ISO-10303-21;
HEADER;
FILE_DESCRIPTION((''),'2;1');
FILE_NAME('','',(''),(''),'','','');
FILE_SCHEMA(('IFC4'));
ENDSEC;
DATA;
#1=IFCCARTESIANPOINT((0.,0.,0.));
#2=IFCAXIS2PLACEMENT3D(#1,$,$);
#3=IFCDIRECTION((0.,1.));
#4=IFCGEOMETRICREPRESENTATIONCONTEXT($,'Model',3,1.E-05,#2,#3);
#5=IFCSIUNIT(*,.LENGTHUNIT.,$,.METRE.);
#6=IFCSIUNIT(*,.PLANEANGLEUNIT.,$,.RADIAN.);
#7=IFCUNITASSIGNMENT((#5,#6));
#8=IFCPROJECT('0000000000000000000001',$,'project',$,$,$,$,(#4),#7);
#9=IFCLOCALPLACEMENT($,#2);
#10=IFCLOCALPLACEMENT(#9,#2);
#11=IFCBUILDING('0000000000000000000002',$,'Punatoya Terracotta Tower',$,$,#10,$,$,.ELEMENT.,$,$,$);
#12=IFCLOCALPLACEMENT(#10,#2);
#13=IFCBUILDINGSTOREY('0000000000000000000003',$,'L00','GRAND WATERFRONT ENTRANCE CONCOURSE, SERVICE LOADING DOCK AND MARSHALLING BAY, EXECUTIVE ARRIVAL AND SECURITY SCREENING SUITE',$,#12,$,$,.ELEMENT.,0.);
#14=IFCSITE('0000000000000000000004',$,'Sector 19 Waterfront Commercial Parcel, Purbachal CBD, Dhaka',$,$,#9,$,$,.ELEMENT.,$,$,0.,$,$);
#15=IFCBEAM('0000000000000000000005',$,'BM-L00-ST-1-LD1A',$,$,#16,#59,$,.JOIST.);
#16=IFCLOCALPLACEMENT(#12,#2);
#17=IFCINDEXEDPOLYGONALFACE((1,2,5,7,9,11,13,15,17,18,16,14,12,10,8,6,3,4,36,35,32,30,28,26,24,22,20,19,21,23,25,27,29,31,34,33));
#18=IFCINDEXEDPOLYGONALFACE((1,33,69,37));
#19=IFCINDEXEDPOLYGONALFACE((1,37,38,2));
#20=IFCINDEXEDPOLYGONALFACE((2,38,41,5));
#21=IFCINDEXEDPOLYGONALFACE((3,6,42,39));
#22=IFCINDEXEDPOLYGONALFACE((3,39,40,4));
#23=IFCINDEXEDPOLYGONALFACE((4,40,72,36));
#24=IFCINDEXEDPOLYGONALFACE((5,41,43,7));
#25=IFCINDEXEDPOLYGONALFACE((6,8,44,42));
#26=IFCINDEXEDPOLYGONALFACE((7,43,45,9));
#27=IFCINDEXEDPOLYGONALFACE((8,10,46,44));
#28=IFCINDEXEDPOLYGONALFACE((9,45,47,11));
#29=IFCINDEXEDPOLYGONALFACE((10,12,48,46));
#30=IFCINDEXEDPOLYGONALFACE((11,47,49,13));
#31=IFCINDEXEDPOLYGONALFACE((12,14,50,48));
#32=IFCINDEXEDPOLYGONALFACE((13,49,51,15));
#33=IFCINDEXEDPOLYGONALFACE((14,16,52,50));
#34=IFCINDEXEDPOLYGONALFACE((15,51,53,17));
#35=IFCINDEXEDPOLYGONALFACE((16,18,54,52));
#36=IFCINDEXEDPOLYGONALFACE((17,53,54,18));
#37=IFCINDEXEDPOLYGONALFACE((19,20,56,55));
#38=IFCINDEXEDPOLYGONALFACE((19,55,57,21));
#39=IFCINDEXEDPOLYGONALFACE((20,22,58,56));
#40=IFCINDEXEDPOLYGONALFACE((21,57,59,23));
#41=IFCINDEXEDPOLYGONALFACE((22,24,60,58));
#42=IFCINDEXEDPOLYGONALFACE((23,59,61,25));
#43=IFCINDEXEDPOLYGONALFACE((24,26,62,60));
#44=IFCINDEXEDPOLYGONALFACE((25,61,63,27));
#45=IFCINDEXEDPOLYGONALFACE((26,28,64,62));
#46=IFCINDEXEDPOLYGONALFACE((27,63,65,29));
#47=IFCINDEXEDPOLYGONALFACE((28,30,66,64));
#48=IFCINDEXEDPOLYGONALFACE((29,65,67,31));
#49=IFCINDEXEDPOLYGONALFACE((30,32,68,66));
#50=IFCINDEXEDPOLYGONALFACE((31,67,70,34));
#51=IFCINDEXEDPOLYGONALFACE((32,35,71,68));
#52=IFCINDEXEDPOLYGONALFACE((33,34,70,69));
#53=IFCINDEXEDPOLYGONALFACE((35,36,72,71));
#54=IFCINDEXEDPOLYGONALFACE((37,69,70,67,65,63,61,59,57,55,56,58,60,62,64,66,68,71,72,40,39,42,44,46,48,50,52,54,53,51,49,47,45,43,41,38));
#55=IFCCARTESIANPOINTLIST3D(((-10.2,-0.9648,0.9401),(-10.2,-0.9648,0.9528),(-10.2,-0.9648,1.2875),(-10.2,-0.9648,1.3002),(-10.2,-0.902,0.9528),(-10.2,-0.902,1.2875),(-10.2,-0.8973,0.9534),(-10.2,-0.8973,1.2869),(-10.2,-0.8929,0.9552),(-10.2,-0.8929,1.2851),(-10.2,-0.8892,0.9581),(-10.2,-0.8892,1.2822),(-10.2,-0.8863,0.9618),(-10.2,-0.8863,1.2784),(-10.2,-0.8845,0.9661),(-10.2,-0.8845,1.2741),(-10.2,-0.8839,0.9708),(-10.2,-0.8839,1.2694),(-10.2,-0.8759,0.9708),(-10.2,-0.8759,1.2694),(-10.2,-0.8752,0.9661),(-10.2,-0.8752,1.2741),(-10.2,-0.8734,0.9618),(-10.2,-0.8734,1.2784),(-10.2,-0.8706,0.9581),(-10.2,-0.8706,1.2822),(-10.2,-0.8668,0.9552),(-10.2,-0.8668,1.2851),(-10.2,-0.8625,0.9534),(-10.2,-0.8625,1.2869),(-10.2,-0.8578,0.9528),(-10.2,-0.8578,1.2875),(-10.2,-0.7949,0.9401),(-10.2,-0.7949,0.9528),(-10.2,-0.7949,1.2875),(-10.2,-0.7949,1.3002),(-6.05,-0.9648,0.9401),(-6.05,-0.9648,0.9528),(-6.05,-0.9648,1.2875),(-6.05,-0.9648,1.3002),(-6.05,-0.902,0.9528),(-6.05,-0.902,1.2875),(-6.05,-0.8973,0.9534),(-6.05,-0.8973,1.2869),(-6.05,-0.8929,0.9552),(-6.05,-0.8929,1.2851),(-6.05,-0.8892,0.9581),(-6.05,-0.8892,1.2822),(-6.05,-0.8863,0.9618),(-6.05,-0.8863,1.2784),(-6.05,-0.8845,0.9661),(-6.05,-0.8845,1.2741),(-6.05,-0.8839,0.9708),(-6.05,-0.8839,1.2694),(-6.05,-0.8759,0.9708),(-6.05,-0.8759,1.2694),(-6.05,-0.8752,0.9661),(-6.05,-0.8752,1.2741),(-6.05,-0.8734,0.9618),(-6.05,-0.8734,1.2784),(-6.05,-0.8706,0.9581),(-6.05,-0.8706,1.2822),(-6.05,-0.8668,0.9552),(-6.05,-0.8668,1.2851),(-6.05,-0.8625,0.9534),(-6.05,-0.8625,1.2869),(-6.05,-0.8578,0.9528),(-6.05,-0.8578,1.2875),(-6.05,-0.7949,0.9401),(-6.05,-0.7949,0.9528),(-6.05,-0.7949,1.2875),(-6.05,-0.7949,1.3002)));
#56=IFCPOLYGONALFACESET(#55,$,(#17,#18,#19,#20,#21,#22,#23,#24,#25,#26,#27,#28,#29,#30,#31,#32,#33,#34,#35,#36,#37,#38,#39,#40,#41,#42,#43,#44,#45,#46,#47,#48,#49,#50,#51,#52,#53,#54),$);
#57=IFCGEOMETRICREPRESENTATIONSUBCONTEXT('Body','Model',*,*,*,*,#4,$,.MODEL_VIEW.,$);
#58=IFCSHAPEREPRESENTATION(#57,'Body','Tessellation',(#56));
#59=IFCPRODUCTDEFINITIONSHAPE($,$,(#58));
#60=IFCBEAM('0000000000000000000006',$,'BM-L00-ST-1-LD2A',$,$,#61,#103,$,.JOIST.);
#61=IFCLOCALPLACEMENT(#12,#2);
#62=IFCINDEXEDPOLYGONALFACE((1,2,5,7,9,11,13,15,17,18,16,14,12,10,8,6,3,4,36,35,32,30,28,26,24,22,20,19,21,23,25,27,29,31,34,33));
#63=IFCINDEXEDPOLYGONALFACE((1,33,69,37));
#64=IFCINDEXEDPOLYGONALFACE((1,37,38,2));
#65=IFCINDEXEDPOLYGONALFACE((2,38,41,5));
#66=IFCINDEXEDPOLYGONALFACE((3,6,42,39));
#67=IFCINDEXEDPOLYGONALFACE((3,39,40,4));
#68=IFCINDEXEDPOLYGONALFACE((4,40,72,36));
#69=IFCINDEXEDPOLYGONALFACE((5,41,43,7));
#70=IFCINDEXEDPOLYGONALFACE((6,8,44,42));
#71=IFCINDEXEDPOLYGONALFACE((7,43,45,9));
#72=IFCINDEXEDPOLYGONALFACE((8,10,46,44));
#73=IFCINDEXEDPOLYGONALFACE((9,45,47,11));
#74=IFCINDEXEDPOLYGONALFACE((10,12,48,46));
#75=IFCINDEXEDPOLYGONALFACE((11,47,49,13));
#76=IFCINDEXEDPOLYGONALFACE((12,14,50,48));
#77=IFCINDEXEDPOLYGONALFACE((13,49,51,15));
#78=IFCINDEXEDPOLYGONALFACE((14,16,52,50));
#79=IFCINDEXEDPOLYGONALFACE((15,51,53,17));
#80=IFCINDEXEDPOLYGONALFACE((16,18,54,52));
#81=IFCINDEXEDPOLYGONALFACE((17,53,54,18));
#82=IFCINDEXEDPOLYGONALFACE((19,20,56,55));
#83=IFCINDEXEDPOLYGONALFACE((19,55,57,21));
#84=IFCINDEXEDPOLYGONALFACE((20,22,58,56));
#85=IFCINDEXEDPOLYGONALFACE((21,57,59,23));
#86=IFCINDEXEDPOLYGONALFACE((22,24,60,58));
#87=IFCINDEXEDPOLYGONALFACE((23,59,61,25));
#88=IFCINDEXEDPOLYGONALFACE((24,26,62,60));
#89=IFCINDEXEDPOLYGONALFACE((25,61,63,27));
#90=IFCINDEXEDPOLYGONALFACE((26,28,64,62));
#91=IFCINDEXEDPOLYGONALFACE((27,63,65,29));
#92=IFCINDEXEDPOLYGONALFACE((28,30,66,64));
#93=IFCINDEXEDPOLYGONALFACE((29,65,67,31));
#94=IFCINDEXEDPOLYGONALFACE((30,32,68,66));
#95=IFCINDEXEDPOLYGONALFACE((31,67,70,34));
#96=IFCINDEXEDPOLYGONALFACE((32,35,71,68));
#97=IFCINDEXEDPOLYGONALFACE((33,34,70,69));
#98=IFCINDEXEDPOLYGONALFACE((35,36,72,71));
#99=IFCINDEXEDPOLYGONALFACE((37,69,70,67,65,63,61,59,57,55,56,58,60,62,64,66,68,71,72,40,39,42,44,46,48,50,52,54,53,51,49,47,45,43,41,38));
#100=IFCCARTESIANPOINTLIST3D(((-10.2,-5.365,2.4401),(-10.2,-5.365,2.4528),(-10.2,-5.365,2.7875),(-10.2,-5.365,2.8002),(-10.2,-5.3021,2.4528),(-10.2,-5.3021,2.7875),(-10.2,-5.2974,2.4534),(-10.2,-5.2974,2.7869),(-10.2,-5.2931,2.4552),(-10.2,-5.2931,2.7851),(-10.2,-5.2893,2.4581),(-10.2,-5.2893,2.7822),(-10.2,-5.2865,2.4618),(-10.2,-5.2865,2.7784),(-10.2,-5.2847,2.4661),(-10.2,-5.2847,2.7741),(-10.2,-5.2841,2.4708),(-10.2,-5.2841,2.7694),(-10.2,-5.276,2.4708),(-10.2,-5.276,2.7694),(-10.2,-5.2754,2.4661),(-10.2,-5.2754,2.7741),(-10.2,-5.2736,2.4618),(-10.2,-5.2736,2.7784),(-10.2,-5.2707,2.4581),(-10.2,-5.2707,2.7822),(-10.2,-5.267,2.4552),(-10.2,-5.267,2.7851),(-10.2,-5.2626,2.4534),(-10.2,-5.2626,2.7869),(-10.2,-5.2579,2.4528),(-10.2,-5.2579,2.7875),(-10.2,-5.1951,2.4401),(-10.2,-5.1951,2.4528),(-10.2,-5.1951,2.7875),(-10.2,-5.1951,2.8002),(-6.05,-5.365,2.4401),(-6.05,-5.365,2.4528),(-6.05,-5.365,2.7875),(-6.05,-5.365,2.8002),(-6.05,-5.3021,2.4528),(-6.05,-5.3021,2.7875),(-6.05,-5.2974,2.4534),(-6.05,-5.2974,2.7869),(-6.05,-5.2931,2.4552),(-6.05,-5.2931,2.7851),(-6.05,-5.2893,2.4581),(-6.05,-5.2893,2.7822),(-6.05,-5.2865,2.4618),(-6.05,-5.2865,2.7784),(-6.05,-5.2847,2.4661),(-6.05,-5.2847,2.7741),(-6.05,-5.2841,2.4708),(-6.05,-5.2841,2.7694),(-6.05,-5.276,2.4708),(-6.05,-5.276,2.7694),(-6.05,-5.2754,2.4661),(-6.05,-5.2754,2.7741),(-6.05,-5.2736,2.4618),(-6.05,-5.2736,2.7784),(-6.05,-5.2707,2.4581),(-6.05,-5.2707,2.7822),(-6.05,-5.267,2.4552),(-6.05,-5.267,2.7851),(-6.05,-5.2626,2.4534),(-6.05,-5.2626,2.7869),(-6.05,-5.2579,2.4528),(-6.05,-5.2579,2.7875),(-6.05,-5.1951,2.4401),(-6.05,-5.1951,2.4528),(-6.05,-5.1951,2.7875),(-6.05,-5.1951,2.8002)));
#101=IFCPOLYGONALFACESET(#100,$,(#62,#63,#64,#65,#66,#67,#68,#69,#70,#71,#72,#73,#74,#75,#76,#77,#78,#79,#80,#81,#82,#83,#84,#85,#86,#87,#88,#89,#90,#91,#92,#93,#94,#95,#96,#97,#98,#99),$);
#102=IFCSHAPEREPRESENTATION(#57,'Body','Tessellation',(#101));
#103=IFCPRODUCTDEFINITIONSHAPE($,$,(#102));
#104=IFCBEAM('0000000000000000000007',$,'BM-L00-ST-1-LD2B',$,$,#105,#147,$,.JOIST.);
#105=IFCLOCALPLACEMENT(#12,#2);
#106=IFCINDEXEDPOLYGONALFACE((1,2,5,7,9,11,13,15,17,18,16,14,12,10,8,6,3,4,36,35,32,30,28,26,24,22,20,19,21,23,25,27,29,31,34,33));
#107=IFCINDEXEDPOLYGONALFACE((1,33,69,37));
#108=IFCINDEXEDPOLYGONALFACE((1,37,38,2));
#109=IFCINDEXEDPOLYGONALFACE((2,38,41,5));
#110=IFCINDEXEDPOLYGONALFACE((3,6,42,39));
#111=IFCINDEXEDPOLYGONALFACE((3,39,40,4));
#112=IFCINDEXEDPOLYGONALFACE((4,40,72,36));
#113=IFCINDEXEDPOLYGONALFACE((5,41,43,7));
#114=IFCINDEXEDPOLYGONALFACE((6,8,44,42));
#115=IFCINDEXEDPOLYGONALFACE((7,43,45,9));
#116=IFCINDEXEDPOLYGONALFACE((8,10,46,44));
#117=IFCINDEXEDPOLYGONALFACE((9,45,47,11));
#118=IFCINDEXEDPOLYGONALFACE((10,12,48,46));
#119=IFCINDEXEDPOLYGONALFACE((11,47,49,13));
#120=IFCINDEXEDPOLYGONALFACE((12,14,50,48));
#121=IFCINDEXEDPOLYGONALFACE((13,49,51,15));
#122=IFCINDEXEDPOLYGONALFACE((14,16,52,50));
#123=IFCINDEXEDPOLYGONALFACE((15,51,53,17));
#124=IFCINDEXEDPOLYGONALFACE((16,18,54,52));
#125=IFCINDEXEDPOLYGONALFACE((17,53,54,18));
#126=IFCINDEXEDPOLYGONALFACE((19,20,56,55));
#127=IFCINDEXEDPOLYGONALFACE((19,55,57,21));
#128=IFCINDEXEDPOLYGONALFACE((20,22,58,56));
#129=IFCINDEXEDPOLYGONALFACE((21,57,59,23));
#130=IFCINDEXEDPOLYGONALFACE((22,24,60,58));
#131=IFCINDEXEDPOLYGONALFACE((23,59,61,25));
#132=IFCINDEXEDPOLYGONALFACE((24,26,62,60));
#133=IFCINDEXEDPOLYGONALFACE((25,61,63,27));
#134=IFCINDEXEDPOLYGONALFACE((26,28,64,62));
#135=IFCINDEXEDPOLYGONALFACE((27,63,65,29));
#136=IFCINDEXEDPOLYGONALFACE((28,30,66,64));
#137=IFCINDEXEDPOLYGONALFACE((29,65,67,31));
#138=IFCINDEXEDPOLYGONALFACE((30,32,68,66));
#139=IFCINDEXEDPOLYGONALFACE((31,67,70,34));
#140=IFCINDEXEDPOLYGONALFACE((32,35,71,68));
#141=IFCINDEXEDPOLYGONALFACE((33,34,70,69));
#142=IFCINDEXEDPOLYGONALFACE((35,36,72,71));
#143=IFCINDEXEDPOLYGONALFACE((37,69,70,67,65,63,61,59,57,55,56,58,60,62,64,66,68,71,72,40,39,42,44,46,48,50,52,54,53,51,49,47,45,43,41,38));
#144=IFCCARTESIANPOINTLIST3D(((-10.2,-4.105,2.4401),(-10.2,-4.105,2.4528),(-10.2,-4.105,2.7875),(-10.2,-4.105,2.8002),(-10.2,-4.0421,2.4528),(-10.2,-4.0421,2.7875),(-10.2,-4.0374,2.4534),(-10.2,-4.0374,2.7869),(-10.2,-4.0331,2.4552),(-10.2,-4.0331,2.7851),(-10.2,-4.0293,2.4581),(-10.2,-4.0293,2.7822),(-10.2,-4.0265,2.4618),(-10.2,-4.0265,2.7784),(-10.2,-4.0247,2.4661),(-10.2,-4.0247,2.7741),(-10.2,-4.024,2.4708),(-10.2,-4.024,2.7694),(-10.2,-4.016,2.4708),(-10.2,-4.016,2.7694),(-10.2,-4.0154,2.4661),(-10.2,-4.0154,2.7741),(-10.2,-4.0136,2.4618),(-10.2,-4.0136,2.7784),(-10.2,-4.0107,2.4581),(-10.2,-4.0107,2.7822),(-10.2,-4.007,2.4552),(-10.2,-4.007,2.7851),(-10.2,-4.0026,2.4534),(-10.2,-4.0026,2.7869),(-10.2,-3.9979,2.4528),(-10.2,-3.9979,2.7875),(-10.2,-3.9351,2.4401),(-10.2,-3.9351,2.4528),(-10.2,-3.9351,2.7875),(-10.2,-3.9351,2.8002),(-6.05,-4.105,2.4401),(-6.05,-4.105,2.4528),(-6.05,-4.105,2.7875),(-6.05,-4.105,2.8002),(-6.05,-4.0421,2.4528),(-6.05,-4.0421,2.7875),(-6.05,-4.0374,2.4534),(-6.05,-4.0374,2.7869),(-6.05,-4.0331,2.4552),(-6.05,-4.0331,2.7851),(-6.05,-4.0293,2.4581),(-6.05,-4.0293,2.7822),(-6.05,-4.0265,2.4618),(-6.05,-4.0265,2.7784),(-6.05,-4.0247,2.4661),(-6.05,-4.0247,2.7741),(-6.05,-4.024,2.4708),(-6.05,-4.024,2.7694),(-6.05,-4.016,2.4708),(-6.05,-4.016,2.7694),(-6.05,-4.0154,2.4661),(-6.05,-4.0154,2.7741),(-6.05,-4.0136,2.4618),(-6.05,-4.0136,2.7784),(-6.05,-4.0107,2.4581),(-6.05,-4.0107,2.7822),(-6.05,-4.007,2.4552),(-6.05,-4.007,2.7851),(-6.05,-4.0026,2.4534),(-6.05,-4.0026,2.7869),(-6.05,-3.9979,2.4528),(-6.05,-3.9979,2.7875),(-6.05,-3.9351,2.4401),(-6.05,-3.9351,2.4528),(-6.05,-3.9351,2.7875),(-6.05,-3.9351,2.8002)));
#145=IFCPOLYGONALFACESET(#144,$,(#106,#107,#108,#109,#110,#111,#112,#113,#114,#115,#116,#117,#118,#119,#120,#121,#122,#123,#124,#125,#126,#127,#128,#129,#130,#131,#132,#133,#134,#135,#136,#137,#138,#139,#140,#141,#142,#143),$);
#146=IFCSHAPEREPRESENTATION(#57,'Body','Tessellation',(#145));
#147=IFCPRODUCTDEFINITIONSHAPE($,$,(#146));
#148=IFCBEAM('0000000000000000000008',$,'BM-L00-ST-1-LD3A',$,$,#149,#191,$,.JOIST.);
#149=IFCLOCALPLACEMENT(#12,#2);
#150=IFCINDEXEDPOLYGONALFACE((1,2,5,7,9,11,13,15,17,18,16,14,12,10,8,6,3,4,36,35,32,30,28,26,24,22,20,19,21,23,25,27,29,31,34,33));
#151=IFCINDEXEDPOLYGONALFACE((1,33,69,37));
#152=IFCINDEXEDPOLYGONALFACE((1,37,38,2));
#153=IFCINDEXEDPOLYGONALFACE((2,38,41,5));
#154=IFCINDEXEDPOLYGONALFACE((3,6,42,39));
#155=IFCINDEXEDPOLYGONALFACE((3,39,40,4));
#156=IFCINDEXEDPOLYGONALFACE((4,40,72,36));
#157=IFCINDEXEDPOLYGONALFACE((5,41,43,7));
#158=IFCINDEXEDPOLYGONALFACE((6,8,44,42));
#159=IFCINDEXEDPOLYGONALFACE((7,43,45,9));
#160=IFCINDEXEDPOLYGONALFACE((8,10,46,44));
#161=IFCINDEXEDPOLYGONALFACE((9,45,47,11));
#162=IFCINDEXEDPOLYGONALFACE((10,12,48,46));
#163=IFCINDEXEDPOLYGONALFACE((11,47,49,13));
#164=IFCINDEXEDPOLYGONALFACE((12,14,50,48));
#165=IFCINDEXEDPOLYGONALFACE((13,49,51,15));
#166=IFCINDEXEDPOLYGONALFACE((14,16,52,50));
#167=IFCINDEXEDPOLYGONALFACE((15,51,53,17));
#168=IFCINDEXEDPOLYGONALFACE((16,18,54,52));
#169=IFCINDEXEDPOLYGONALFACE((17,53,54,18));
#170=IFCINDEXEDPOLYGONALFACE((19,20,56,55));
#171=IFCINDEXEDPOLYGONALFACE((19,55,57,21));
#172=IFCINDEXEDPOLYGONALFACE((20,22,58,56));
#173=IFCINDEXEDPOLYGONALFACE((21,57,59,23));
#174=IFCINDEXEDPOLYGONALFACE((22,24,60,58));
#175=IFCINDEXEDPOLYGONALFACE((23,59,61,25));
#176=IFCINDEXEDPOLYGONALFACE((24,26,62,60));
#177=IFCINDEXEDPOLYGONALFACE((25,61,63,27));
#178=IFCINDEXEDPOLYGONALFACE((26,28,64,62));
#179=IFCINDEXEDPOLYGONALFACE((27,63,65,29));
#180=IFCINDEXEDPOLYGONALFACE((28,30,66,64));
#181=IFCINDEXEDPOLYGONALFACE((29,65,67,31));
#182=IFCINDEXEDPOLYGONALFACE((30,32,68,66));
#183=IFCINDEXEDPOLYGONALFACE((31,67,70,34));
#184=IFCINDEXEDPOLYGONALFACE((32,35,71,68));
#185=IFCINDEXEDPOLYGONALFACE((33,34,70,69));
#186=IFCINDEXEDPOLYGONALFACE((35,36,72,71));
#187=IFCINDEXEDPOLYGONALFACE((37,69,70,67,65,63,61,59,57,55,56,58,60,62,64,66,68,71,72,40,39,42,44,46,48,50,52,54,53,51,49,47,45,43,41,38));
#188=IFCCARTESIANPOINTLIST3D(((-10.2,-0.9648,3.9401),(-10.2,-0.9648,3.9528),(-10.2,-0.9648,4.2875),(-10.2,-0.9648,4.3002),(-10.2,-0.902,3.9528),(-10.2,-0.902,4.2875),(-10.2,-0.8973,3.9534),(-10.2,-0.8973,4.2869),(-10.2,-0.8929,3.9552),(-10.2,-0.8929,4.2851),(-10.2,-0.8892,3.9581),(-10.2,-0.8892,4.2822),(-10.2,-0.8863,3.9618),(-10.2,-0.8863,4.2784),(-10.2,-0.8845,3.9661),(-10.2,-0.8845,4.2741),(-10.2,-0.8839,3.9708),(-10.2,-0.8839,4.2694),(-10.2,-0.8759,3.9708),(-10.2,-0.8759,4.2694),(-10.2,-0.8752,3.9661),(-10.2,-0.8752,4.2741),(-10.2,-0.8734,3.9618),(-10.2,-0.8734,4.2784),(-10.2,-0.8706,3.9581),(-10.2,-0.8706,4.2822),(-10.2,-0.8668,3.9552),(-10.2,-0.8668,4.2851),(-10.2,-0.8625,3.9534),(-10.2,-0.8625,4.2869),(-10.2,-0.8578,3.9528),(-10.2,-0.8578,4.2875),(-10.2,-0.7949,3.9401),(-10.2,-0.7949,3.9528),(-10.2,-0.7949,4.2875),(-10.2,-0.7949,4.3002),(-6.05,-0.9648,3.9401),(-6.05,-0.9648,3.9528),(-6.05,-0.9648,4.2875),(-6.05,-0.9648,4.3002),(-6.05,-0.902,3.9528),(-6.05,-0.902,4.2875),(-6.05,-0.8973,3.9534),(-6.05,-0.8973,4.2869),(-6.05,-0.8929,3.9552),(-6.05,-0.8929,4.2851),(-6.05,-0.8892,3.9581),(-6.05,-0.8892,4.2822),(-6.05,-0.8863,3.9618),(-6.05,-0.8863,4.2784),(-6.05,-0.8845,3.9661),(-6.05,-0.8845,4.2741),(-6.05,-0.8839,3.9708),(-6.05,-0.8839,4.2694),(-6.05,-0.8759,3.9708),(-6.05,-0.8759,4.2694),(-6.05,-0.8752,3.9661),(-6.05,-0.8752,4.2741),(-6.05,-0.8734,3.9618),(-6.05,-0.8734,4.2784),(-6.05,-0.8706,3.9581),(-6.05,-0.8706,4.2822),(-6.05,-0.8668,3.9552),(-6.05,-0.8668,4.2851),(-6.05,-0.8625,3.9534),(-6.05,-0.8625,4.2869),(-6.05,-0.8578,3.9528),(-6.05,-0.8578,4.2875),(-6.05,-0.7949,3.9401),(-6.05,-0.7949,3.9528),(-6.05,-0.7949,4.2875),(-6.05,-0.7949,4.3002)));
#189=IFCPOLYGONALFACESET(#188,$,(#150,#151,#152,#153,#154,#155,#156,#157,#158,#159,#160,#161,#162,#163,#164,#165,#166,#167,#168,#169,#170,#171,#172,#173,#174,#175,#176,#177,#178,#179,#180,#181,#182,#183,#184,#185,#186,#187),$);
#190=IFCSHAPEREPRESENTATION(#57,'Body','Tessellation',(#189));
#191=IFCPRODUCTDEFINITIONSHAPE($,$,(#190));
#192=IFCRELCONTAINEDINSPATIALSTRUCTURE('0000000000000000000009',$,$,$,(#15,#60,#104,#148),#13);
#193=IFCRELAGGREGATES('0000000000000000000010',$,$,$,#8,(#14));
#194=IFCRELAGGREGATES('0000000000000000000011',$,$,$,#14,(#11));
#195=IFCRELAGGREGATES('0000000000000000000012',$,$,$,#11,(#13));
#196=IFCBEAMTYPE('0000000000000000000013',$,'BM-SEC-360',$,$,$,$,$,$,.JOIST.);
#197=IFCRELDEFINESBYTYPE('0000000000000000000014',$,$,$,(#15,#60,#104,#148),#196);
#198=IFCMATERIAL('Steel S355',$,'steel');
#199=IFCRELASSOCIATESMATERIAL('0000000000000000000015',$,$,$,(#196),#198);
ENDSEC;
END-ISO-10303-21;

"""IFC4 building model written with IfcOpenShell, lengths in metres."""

from ifc_helpers import new_model, si_unit, direction, frame, origin, origin_2d, place, context, subcontext, project, spatial, i_section, extrude, material, material_profile, profile_set, type_object, element, save


model = new_model("IFC4")

# Units and contexts
model_context = context("Model", 3, precision=1e-05, world=origin(), true_north=direction((0.0, 1.0)))
body_context = subcontext(model_context, "Body", "Model", "MODEL_VIEW")
ifc_project = project(units=[si_unit("LENGTHUNIT", "METRE"), si_unit("PLANEANGLEUNIT", "RADIAN")], contexts=[model_context])

# Site, building, storey
site_placement = place(None, origin())
site = spatial("IfcSite", under=ifc_project, at=site_placement, Name="Sector 19 Waterfront Commercial Parcel, Purbachal CBD, Dhaka", CompositionType="ELEMENT", RefElevation=0.0)
building_placement = place(site_placement, origin())
building = spatial("IfcBuilding", under=site, at=building_placement, Name="Punatoya Terracotta Tower", CompositionType="ELEMENT")
storey_placement = place(building_placement, origin())
storey = spatial("IfcBuildingStorey", under=building, at=storey_placement, Name="L00", Description="GRAND WATERFRONT ENTRANCE CONCOURSE, SERVICE LOADING DOCK AND MARSHALLING BAY, EXECUTIVE ARRIVAL AND SECURITY SCREENING SUITE", CompositionType="ELEMENT", Elevation=0.0)

# Beams
ifc_material_1 = material(Name="Steel S355", Category="steel")
ifc_material_profile = material_profile(ifc_material_1, i_section(OverallWidth=0.1699, OverallDepth=0.3601, WebThickness=0.0081, FlangeThickness=0.0127, FilletRadius=0.0181, at=origin_2d()))
ifc_profile_set = profile_set([ifc_material_profile], Name="Steel S355")
beam_type = type_object("IfcBeamType", Name="BM-SEC-360", PredefinedType="JOIST", material=ifc_profile_set)
for number, where, z_axis, x_axis, name in (
    (1, (-10.2, -0.8799, 1.1201), (1.0, 0.0, 0.0), (0.0, 1.0, 0.0), "BM-L00-ST-1-LD1A"),
    (2, (-10.2, -5.28, 2.6201), (1.0, 0.0, 0.0), (0.0, 1.0, 0.0), "BM-L00-ST-1-LD2A"),
    (3, (-10.2, -4.02, 2.6201), (1.0, 0.0, 0.0), (0.0, 1.0, 0.0), "BM-L00-ST-1-LD2B"),
    (4, (-10.2, -0.8799, 4.1201), (1.0, 0.0, 0.0), (0.0, 1.0, 0.0), "BM-L00-ST-1-LD3A"),
):
    element("IfcBeam", number, at=place(storey_placement, frame(where, z_axis=z_axis, x_axis=x_axis)), inside=storey, type_object=beam_type, Name=name, PredefinedType="JOIST", context=body_context, shape_type="SweptSolid", body=[
        extrude(i_section(OverallWidth=0.1699, OverallDepth=0.3601, WebThickness=0.0081, FlangeThickness=0.0127, FilletRadius=0.0181, at=origin_2d()), origin(), (0.0, 0.0, 1.0), 4.1499),
    ])

save(model, "model.ifc")
